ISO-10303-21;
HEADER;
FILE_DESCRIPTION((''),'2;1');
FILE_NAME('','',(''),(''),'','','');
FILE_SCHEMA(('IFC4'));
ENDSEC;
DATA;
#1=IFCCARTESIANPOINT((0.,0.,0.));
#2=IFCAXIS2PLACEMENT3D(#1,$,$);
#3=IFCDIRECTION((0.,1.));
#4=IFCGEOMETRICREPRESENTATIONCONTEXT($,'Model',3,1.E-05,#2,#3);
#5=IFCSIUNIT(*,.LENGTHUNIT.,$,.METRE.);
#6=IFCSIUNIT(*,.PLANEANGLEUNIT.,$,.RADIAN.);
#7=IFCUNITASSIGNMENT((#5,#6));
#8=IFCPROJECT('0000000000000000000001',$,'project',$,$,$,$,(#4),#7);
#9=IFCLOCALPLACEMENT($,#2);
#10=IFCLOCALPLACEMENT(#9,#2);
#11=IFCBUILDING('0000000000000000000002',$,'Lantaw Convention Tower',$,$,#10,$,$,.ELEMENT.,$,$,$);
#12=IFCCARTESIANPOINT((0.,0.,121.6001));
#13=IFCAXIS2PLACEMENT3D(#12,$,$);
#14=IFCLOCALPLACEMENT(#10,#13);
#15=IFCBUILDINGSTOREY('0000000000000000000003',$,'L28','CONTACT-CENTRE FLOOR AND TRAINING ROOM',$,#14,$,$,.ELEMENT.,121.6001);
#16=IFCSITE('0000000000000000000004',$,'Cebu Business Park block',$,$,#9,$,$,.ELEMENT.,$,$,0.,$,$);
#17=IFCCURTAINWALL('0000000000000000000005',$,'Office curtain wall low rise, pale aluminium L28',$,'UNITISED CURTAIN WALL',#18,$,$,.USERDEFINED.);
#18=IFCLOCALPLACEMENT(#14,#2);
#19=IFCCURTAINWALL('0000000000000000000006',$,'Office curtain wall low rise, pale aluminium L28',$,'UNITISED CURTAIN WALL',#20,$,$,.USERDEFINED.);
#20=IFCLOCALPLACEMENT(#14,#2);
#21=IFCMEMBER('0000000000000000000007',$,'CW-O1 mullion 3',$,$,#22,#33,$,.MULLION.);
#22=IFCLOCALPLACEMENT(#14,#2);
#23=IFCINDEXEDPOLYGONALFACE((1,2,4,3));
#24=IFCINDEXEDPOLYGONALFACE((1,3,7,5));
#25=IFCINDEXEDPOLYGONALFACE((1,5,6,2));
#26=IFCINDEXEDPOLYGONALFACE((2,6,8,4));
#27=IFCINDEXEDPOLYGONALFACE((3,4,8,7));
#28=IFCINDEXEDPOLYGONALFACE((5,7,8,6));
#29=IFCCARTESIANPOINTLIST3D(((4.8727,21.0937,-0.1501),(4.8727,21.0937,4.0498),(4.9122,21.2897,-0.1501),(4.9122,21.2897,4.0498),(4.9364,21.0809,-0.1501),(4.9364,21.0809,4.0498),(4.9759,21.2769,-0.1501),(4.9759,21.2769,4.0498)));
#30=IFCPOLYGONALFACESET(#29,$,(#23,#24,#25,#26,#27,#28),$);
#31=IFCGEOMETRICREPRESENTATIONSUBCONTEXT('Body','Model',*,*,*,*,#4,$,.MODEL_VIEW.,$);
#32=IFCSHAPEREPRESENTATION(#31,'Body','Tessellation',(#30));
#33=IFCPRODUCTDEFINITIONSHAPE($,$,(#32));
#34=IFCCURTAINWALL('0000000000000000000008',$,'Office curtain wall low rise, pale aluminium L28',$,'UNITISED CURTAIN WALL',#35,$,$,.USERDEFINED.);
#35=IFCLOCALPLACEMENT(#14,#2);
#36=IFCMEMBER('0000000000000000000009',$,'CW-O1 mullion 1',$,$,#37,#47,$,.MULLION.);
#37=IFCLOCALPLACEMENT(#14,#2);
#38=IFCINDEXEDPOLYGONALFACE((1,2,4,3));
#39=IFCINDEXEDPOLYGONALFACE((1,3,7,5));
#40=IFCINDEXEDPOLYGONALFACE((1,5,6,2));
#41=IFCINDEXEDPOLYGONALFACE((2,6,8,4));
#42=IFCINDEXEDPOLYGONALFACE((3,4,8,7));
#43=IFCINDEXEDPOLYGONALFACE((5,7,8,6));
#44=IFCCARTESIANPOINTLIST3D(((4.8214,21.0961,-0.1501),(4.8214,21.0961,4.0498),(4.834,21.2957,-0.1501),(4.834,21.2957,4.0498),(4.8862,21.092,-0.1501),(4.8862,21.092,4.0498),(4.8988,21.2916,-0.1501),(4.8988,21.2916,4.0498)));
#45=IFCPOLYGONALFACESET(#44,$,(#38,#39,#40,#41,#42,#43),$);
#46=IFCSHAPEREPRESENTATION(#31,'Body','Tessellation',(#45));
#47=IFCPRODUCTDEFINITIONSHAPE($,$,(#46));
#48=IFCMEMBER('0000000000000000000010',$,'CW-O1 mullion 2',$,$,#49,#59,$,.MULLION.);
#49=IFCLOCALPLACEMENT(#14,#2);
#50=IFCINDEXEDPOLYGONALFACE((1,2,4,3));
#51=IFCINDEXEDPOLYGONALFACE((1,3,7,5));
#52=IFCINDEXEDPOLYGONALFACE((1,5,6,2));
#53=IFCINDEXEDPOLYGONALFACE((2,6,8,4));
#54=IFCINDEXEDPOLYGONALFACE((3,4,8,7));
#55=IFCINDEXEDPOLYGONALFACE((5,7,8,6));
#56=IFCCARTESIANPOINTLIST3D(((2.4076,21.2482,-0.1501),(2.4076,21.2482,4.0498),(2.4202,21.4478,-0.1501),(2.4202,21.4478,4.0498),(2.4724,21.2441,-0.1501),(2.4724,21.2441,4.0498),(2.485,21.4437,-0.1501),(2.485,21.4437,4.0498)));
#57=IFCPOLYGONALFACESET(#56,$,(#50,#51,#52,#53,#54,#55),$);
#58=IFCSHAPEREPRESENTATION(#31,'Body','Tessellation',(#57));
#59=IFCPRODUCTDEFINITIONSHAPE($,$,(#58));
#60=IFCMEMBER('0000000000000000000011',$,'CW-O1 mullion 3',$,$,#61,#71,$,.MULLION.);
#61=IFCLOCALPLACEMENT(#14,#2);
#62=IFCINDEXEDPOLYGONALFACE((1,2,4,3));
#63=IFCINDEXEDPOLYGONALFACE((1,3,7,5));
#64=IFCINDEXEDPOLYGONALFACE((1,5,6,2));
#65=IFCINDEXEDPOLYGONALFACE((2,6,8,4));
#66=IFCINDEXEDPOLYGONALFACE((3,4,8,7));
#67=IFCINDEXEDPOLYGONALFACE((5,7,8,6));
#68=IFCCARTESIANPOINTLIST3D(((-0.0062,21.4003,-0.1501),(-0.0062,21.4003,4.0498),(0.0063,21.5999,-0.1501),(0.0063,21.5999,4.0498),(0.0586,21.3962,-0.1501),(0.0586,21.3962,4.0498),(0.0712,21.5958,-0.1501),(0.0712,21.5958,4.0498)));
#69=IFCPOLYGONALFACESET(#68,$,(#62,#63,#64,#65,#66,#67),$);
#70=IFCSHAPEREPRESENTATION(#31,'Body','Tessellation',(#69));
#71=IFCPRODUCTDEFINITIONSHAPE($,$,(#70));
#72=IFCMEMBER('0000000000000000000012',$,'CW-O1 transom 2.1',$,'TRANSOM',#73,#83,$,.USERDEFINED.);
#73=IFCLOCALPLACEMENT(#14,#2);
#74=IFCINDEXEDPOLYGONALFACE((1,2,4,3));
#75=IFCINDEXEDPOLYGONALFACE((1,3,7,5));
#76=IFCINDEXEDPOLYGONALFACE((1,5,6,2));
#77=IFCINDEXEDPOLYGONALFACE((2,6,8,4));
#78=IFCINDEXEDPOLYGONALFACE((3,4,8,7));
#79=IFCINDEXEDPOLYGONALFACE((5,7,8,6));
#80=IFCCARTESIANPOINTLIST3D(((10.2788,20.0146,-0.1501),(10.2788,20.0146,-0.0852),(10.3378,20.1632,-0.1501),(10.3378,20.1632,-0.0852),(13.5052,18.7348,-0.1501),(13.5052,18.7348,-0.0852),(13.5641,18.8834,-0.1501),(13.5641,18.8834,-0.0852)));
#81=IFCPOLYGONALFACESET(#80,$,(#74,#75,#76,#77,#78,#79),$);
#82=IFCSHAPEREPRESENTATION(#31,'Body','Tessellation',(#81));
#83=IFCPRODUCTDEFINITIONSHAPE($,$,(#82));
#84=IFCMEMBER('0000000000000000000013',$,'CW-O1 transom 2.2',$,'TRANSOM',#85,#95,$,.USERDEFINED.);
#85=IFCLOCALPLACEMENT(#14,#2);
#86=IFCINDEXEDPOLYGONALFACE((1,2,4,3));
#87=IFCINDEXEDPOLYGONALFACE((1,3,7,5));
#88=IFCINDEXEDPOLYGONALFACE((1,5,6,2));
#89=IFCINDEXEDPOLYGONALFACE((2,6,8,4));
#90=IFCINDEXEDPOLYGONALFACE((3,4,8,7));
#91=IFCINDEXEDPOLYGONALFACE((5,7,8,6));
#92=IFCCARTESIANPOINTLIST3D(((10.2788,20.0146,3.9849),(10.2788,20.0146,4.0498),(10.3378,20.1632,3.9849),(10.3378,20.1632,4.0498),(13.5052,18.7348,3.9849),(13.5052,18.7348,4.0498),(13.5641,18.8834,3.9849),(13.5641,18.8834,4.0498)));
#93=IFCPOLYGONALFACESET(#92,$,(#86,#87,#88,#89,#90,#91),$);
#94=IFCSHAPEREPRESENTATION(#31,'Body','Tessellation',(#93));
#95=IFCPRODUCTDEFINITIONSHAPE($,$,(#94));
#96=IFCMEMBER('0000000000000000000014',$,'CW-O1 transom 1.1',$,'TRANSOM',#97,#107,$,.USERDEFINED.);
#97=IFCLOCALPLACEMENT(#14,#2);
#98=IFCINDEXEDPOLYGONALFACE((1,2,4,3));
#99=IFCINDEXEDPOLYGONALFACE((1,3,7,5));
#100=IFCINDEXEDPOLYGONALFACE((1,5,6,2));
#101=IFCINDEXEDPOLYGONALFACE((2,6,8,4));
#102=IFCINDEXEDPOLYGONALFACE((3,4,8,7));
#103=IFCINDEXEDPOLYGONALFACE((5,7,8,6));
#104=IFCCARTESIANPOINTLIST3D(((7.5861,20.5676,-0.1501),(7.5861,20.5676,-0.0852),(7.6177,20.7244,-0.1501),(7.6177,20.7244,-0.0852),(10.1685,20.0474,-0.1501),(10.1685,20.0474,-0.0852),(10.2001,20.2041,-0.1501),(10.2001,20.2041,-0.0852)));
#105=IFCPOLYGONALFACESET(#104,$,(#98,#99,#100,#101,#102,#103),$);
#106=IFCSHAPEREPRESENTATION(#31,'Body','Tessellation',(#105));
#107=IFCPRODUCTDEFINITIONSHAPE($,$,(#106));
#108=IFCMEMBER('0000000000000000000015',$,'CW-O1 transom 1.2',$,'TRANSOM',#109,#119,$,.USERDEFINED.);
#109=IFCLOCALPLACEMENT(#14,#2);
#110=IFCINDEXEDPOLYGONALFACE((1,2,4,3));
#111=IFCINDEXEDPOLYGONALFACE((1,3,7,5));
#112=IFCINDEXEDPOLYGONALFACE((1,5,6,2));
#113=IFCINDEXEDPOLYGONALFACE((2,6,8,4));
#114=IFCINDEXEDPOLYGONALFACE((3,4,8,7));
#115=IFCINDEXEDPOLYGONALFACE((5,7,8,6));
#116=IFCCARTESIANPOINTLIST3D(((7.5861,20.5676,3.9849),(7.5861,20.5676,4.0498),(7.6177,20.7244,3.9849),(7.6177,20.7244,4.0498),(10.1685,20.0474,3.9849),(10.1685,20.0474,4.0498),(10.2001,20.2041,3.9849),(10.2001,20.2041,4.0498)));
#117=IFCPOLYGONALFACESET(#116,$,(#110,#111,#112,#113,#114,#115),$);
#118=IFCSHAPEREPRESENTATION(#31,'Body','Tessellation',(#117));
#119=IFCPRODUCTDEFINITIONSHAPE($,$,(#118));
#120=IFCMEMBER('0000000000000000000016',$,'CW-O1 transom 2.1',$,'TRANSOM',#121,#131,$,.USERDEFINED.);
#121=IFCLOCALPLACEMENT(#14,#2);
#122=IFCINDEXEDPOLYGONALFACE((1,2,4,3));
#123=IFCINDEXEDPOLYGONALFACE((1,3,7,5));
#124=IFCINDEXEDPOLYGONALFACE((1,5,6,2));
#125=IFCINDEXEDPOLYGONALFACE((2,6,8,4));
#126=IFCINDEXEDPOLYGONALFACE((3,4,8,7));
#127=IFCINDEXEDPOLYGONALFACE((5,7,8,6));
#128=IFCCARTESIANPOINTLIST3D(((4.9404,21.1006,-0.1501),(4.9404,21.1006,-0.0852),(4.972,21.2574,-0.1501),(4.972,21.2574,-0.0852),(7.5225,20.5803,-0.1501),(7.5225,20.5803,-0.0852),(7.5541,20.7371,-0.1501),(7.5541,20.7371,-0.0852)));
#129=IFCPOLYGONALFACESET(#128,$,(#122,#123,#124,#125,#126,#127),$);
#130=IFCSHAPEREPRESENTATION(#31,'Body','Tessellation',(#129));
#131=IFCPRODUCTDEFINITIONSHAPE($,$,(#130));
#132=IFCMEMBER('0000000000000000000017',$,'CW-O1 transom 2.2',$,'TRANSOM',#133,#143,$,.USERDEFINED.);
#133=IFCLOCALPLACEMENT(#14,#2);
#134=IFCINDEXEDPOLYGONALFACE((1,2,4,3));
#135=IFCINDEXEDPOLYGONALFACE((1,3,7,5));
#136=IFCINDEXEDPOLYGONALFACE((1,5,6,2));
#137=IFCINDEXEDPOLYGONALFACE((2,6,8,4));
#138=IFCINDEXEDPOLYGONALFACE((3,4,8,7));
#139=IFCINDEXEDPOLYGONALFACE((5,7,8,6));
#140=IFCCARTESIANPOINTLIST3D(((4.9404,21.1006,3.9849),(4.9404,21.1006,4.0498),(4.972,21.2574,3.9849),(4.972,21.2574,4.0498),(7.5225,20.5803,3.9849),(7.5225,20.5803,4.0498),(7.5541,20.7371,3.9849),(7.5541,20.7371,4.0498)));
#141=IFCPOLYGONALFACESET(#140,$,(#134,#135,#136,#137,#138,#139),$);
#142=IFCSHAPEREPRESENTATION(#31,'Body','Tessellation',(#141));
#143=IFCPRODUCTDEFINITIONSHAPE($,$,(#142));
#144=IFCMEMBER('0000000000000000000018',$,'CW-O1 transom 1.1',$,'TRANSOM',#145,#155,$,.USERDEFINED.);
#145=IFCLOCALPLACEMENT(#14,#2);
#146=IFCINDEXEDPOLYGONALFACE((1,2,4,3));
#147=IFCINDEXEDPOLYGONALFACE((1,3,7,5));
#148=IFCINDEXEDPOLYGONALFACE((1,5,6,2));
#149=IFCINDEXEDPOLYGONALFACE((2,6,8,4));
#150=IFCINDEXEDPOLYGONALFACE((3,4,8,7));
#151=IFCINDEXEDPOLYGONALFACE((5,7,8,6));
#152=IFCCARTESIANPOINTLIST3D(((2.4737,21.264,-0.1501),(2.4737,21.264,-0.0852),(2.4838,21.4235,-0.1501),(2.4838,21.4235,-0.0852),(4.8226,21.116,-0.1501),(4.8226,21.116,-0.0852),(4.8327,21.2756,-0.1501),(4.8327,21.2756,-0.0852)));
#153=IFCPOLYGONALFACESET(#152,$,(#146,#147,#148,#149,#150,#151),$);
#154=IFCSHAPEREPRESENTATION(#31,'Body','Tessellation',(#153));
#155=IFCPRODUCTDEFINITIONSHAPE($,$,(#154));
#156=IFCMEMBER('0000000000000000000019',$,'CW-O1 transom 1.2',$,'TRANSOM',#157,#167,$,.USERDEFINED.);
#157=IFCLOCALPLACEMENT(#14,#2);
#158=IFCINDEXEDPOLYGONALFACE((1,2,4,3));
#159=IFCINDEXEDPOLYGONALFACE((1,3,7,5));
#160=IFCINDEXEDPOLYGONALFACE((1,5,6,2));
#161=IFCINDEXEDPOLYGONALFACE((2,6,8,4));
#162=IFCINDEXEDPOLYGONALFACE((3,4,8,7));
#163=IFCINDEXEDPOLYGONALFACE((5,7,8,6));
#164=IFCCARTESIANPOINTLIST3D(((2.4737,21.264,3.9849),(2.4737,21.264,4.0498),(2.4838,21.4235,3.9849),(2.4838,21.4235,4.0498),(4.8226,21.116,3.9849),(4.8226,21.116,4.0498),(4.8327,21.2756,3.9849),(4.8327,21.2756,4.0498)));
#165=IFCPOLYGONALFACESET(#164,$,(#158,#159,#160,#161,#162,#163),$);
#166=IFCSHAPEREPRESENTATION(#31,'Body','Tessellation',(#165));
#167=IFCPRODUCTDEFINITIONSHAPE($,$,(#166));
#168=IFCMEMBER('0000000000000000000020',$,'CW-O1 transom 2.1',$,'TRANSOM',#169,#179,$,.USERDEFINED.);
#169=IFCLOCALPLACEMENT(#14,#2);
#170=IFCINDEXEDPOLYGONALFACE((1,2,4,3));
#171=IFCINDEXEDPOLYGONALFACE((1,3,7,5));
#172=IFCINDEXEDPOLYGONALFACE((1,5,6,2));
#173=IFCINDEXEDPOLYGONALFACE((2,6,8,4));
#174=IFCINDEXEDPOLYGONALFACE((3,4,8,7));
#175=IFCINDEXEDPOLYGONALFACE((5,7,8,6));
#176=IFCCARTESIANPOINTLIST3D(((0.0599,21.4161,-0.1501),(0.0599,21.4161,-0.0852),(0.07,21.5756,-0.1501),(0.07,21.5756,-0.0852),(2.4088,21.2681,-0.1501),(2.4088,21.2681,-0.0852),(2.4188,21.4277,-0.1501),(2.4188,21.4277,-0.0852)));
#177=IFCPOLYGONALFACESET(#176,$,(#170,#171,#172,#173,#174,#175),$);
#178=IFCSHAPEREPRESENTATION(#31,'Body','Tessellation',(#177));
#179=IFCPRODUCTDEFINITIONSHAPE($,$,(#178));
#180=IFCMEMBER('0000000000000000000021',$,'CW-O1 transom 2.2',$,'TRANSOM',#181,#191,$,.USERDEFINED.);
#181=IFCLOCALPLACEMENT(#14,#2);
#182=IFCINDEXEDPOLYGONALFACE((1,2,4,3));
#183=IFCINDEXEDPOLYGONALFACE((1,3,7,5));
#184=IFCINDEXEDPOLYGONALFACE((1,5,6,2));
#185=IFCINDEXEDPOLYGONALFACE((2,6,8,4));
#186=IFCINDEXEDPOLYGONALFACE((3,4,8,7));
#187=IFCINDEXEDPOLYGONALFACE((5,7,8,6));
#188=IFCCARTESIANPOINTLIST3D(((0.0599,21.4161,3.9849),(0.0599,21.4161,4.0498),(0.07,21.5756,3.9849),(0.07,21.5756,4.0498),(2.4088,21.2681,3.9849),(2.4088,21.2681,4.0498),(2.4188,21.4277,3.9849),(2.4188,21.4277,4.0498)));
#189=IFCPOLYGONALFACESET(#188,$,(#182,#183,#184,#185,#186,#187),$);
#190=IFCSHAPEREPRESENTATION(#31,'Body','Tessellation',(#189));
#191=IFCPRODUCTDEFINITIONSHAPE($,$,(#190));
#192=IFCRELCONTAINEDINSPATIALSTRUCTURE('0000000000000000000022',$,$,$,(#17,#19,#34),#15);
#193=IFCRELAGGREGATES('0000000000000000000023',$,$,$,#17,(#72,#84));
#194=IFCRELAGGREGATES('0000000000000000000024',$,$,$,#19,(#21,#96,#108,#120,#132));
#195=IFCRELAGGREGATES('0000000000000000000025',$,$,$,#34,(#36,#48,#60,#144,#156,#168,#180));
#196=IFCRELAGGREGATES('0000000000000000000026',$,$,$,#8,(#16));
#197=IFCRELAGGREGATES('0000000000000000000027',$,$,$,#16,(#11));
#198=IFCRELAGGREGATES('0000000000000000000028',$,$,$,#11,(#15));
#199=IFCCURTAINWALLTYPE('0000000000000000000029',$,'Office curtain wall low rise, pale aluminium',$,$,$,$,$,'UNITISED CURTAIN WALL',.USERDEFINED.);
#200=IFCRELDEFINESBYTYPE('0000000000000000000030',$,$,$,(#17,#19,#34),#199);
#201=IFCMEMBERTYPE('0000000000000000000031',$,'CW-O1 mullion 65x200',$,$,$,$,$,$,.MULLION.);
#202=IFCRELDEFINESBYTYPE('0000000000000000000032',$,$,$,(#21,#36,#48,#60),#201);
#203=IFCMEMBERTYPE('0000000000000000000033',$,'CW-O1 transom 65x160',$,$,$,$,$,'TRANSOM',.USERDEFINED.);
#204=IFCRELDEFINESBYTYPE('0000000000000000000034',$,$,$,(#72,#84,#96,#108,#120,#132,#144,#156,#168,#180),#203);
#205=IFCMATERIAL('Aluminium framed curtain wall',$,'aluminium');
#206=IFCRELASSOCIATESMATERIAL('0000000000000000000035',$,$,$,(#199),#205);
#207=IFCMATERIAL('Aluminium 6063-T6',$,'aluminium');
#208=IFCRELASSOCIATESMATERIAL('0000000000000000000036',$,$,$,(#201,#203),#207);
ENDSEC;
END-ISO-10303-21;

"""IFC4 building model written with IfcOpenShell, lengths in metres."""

from ifc_helpers import new_model, si_unit, direction, frame, origin, origin_2d, place, context, subcontext, project, spatial, rectangle, extrude, material, material_profile, profile_set, type_object, element, aggregate, save


model = new_model("IFC4")

# Units and contexts
model_context = context("Model", 3, precision=1e-05, world=origin(), true_north=direction((0.0, 1.0)))
body_context = subcontext(model_context, "Body", "Model", "MODEL_VIEW")
ifc_project = project(units=[si_unit("LENGTHUNIT", "METRE"), si_unit("PLANEANGLEUNIT", "RADIAN")], contexts=[model_context])

# Site, building, storey
site_placement = place(None, origin())
site = spatial("IfcSite", under=ifc_project, at=site_placement, Name="Cebu Business Park block", CompositionType="ELEMENT", RefElevation=0.0)
building_placement = place(site_placement, origin())
building = spatial("IfcBuilding", under=site, at=building_placement, Name="Lantaw Convention Tower", CompositionType="ELEMENT")
storey_placement = place(building_placement, frame((0.0, 0.0, 121.6001)))
storey = spatial("IfcBuildingStorey", under=building, at=storey_placement, Name="L28", Description="CONTACT-CENTRE FLOOR AND TRAINING ROOM", CompositionType="ELEMENT", Elevation=121.6001)

# Curtain walls, members
ifc_material_1 = material(Name="Aluminium framed curtain wall", Category="aluminium")
curtain_wall_type = type_object("IfcCurtainWallType", Name="Office curtain wall low rise, pale aluminium", ElementType="UNITISED CURTAIN WALL", PredefinedType="USERDEFINED", material=ifc_material_1)
curtain_wall_1_placement = place(storey_placement, origin())
curtain_wall_1 = element("IfcCurtainWall", 1, at=curtain_wall_1_placement, inside=storey, type_object=curtain_wall_type, Name="Office curtain wall low rise, pale aluminium L28", ObjectType="UNITISED CURTAIN WALL", PredefinedType="USERDEFINED")
ifc_material_2 = material(Name="Aluminium 6063-T6", Category="aluminium")
ifc_material_profile_1 = material_profile(ifc_material_2, rectangle(XDim=0.2, YDim=0.0649, at=origin_2d()), Name="CW-O1 mullion 65x200")
ifc_profile_set_1 = profile_set([ifc_material_profile_1], Name="Aluminium 6063-T6")
member_type_1 = type_object("IfcMemberType", Name="CW-O1 mullion 65x200", PredefinedType="MULLION", material=ifc_profile_set_1)
curtain_wall_2_placement = place(storey_placement, origin())
curtain_wall_2 = element("IfcCurtainWall", 2, at=curtain_wall_2_placement, inside=storey, type_object=curtain_wall_type, Name="Office curtain wall low rise, pale aluminium L28", ObjectType="UNITISED CURTAIN WALL", PredefinedType="USERDEFINED")
member_1_placement = place(storey_placement, frame((4.9243, 21.1853, -0.1501), z_axis=(0.0, 0.0, 1.0), x_axis=(-0.197507, -0.980302, 0.0)))
member_1 = element("IfcMember", 3, at=member_1_placement, type_object=member_type_1, Name="CW-O1 mullion 3", PredefinedType="MULLION", context=body_context, shape_type="SweptSolid", body=[
    extrude(rectangle(XDim=0.2, YDim=0.0649, at=origin_2d()), origin(), (0.0, 0.0, 1.0), 4.2),
])
curtain_wall_3_placement = place(storey_placement, origin())
curtain_wall_3 = element("IfcCurtainWall", 4, at=curtain_wall_3_placement, inside=storey, type_object=curtain_wall_type, Name="Office curtain wall low rise, pale aluminium L28", ObjectType="UNITISED CURTAIN WALL", PredefinedType="USERDEFINED")
member_2_placement = place(storey_placement, frame((4.8601, 21.1938, -0.1501), z_axis=(0.0, 0.0, 1.0), x_axis=(-0.062865, -0.998022, 0.0)))
member_2 = element("IfcMember", 5, at=member_2_placement, type_object=member_type_1, Name="CW-O1 mullion 1", PredefinedType="MULLION", context=body_context, shape_type="SweptSolid", body=[
    extrude(rectangle(XDim=0.2, YDim=0.0649, at=origin_2d()), origin(), (0.0, 0.0, 1.0), 4.2),
])
member_3_placement = place(storey_placement, frame((2.4463, 21.3459, -0.1501), z_axis=(0.0, 0.0, 1.0), x_axis=(-0.062865, -0.998022, 0.0)))
member_3 = element("IfcMember", 6, at=member_3_placement, type_object=member_type_1, Name="CW-O1 mullion 2", PredefinedType="MULLION", context=body_context, shape_type="SweptSolid", body=[
    extrude(rectangle(XDim=0.2, YDim=0.0649, at=origin_2d()), origin(), (0.0, 0.0, 1.0), 4.2),
])
member_4_placement = place(storey_placement, frame((0.0325, 21.498, -0.1501), z_axis=(0.0, 0.0, 1.0), x_axis=(-0.062865, -0.998022, 0.0)))
member_4 = element("IfcMember", 7, at=member_4_placement, type_object=member_type_1, Name="CW-O1 mullion 3", PredefinedType="MULLION", context=body_context, shape_type="SweptSolid", body=[
    extrude(rectangle(XDim=0.2, YDim=0.0649, at=origin_2d()), origin(), (0.0, 0.0, 1.0), 4.2),
])

# Members
ifc_material_profile_2 = material_profile(ifc_material_2, rectangle(XDim=0.1599, YDim=0.0649, at=origin_2d()), Name="CW-O1 transom 65x160")
ifc_profile_set_2 = profile_set([ifc_material_profile_2], Name="Aluminium 6063-T6")
member_type_2 = type_object("IfcMemberType", Name="CW-O1 transom 65x160", ElementType="TRANSOM", PredefinedType="USERDEFINED", material=ifc_profile_set_2)
member_5_placement = place(storey_placement, frame((13.5347, 18.8091, -0.1177), z_axis=(-0.92954, 0.368721, 0.0), x_axis=(-0.368721, -0.92954, 0.0)))
member_5 = element("IfcMember", 8, at=member_5_placement, type_object=member_type_2, Name="CW-O1 transom 2.1", ObjectType="TRANSOM", PredefinedType="USERDEFINED", context=body_context, shape_type="SweptSolid", body=[
    extrude(rectangle(XDim=0.1599, YDim=0.0649, at=origin_2d()), origin(), (0.0, 0.0, 1.0), 3.4709),
])
member_6_placement = place(storey_placement, frame((13.5347, 18.8091, 4.0173), z_axis=(-0.92954, 0.368721, 0.0), x_axis=(-0.368721, -0.92954, 0.0)))
member_6 = element("IfcMember", 9, at=member_6_placement, type_object=member_type_2, Name="CW-O1 transom 2.2", ObjectType="TRANSOM", PredefinedType="USERDEFINED", context=body_context, shape_type="SweptSolid", body=[
    extrude(rectangle(XDim=0.1599, YDim=0.0649, at=origin_2d()), origin(), (0.0, 0.0, 1.0), 3.4709),
])
member_7_placement = place(storey_placement, frame((10.1843, 20.1257, -0.1177), z_axis=(-0.980302, 0.197506, 0.0), x_axis=(-0.197506, -0.980302, 0.0)))
member_7 = element("IfcMember", 10, at=member_7_placement, type_object=member_type_2, Name="CW-O1 transom 1.1", ObjectType="TRANSOM", PredefinedType="USERDEFINED", context=body_context, shape_type="SweptSolid", body=[
    extrude(rectangle(XDim=0.1599, YDim=0.0649, at=origin_2d()), origin(), (0.0, 0.0, 1.0), 2.6343),
])
member_8_placement = place(storey_placement, frame((10.1843, 20.1257, 4.0173), z_axis=(-0.980302, 0.197506, 0.0), x_axis=(-0.197506, -0.980302, 0.0)))
member_8 = element("IfcMember", 11, at=member_8_placement, type_object=member_type_2, Name="CW-O1 transom 1.2", ObjectType="TRANSOM", PredefinedType="USERDEFINED", context=body_context, shape_type="SweptSolid", body=[
    extrude(rectangle(XDim=0.1599, YDim=0.0649, at=origin_2d()), origin(), (0.0, 0.0, 1.0), 2.6343),
])
member_9_placement = place(storey_placement, frame((7.5383, 20.6587, -0.1177), z_axis=(-0.980298, 0.197524, 0.0), x_axis=(-0.197524, -0.980298, 0.0)))
member_9 = element("IfcMember", 12, at=member_9_placement, type_object=member_type_2, Name="CW-O1 transom 2.1", ObjectType="TRANSOM", PredefinedType="USERDEFINED", context=body_context, shape_type="SweptSolid", body=[
    extrude(rectangle(XDim=0.1599, YDim=0.0649, at=origin_2d()), origin(), (0.0, 0.0, 1.0), 2.634),
])
member_10_placement = place(storey_placement, frame((7.5383, 20.6587, 4.0173), z_axis=(-0.980298, 0.197524, 0.0), x_axis=(-0.197524, -0.980298, 0.0)))
member_10 = element("IfcMember", 13, at=member_10_placement, type_object=member_type_2, Name="CW-O1 transom 2.2", ObjectType="TRANSOM", PredefinedType="USERDEFINED", context=body_context, shape_type="SweptSolid", body=[
    extrude(rectangle(XDim=0.1599, YDim=0.0649, at=origin_2d()), origin(), (0.0, 0.0, 1.0), 2.634),
])
member_11_placement = place(storey_placement, frame((4.8276, 21.1958, -0.1177), z_axis=(-0.998022, 0.062863, 0.0), x_axis=(-0.062863, -0.998022, 0.0)))
member_11 = element("IfcMember", 14, at=member_11_placement, type_object=member_type_2, Name="CW-O1 transom 1.1", ObjectType="TRANSOM", PredefinedType="USERDEFINED", context=body_context, shape_type="SweptSolid", body=[
    extrude(rectangle(XDim=0.1599, YDim=0.0649, at=origin_2d()), origin(), (0.0, 0.0, 1.0), 2.3535),
])
member_12_placement = place(storey_placement, frame((4.8276, 21.1958, 4.0173), z_axis=(-0.998022, 0.062863, 0.0), x_axis=(-0.062863, -0.998022, 0.0)))
member_12 = element("IfcMember", 15, at=member_12_placement, type_object=member_type_2, Name="CW-O1 transom 1.2", ObjectType="TRANSOM", PredefinedType="USERDEFINED", context=body_context, shape_type="SweptSolid", body=[
    extrude(rectangle(XDim=0.1599, YDim=0.0649, at=origin_2d()), origin(), (0.0, 0.0, 1.0), 2.3535),
])
member_13_placement = place(storey_placement, frame((2.4138, 21.3479, -0.1177), z_axis=(-0.998022, 0.062863, 0.0), x_axis=(-0.062863, -0.998022, 0.0)))
member_13 = element("IfcMember", 16, at=member_13_placement, type_object=member_type_2, Name="CW-O1 transom 2.1", ObjectType="TRANSOM", PredefinedType="USERDEFINED", context=body_context, shape_type="SweptSolid", body=[
    extrude(rectangle(XDim=0.1599, YDim=0.0649, at=origin_2d()), origin(), (0.0, 0.0, 1.0), 2.3535),
])
member_14_placement = place(storey_placement, frame((2.4138, 21.3479, 4.0173), z_axis=(-0.998022, 0.062863, 0.0), x_axis=(-0.062863, -0.998022, 0.0)))
member_14 = element("IfcMember", 17, at=member_14_placement, type_object=member_type_2, Name="CW-O1 transom 2.2", ObjectType="TRANSOM", PredefinedType="USERDEFINED", context=body_context, shape_type="SweptSolid", body=[
    extrude(rectangle(XDim=0.1599, YDim=0.0649, at=origin_2d()), origin(), (0.0, 0.0, 1.0), 2.3535),
])

aggregate(curtain_wall_1, [member_5, member_6])
aggregate(curtain_wall_2, [member_1, member_7, member_8, member_9, member_10])
aggregate(curtain_wall_3, [member_2, member_3, member_4, member_11, member_12, member_13, member_14])

save(model, "model.ifc")
